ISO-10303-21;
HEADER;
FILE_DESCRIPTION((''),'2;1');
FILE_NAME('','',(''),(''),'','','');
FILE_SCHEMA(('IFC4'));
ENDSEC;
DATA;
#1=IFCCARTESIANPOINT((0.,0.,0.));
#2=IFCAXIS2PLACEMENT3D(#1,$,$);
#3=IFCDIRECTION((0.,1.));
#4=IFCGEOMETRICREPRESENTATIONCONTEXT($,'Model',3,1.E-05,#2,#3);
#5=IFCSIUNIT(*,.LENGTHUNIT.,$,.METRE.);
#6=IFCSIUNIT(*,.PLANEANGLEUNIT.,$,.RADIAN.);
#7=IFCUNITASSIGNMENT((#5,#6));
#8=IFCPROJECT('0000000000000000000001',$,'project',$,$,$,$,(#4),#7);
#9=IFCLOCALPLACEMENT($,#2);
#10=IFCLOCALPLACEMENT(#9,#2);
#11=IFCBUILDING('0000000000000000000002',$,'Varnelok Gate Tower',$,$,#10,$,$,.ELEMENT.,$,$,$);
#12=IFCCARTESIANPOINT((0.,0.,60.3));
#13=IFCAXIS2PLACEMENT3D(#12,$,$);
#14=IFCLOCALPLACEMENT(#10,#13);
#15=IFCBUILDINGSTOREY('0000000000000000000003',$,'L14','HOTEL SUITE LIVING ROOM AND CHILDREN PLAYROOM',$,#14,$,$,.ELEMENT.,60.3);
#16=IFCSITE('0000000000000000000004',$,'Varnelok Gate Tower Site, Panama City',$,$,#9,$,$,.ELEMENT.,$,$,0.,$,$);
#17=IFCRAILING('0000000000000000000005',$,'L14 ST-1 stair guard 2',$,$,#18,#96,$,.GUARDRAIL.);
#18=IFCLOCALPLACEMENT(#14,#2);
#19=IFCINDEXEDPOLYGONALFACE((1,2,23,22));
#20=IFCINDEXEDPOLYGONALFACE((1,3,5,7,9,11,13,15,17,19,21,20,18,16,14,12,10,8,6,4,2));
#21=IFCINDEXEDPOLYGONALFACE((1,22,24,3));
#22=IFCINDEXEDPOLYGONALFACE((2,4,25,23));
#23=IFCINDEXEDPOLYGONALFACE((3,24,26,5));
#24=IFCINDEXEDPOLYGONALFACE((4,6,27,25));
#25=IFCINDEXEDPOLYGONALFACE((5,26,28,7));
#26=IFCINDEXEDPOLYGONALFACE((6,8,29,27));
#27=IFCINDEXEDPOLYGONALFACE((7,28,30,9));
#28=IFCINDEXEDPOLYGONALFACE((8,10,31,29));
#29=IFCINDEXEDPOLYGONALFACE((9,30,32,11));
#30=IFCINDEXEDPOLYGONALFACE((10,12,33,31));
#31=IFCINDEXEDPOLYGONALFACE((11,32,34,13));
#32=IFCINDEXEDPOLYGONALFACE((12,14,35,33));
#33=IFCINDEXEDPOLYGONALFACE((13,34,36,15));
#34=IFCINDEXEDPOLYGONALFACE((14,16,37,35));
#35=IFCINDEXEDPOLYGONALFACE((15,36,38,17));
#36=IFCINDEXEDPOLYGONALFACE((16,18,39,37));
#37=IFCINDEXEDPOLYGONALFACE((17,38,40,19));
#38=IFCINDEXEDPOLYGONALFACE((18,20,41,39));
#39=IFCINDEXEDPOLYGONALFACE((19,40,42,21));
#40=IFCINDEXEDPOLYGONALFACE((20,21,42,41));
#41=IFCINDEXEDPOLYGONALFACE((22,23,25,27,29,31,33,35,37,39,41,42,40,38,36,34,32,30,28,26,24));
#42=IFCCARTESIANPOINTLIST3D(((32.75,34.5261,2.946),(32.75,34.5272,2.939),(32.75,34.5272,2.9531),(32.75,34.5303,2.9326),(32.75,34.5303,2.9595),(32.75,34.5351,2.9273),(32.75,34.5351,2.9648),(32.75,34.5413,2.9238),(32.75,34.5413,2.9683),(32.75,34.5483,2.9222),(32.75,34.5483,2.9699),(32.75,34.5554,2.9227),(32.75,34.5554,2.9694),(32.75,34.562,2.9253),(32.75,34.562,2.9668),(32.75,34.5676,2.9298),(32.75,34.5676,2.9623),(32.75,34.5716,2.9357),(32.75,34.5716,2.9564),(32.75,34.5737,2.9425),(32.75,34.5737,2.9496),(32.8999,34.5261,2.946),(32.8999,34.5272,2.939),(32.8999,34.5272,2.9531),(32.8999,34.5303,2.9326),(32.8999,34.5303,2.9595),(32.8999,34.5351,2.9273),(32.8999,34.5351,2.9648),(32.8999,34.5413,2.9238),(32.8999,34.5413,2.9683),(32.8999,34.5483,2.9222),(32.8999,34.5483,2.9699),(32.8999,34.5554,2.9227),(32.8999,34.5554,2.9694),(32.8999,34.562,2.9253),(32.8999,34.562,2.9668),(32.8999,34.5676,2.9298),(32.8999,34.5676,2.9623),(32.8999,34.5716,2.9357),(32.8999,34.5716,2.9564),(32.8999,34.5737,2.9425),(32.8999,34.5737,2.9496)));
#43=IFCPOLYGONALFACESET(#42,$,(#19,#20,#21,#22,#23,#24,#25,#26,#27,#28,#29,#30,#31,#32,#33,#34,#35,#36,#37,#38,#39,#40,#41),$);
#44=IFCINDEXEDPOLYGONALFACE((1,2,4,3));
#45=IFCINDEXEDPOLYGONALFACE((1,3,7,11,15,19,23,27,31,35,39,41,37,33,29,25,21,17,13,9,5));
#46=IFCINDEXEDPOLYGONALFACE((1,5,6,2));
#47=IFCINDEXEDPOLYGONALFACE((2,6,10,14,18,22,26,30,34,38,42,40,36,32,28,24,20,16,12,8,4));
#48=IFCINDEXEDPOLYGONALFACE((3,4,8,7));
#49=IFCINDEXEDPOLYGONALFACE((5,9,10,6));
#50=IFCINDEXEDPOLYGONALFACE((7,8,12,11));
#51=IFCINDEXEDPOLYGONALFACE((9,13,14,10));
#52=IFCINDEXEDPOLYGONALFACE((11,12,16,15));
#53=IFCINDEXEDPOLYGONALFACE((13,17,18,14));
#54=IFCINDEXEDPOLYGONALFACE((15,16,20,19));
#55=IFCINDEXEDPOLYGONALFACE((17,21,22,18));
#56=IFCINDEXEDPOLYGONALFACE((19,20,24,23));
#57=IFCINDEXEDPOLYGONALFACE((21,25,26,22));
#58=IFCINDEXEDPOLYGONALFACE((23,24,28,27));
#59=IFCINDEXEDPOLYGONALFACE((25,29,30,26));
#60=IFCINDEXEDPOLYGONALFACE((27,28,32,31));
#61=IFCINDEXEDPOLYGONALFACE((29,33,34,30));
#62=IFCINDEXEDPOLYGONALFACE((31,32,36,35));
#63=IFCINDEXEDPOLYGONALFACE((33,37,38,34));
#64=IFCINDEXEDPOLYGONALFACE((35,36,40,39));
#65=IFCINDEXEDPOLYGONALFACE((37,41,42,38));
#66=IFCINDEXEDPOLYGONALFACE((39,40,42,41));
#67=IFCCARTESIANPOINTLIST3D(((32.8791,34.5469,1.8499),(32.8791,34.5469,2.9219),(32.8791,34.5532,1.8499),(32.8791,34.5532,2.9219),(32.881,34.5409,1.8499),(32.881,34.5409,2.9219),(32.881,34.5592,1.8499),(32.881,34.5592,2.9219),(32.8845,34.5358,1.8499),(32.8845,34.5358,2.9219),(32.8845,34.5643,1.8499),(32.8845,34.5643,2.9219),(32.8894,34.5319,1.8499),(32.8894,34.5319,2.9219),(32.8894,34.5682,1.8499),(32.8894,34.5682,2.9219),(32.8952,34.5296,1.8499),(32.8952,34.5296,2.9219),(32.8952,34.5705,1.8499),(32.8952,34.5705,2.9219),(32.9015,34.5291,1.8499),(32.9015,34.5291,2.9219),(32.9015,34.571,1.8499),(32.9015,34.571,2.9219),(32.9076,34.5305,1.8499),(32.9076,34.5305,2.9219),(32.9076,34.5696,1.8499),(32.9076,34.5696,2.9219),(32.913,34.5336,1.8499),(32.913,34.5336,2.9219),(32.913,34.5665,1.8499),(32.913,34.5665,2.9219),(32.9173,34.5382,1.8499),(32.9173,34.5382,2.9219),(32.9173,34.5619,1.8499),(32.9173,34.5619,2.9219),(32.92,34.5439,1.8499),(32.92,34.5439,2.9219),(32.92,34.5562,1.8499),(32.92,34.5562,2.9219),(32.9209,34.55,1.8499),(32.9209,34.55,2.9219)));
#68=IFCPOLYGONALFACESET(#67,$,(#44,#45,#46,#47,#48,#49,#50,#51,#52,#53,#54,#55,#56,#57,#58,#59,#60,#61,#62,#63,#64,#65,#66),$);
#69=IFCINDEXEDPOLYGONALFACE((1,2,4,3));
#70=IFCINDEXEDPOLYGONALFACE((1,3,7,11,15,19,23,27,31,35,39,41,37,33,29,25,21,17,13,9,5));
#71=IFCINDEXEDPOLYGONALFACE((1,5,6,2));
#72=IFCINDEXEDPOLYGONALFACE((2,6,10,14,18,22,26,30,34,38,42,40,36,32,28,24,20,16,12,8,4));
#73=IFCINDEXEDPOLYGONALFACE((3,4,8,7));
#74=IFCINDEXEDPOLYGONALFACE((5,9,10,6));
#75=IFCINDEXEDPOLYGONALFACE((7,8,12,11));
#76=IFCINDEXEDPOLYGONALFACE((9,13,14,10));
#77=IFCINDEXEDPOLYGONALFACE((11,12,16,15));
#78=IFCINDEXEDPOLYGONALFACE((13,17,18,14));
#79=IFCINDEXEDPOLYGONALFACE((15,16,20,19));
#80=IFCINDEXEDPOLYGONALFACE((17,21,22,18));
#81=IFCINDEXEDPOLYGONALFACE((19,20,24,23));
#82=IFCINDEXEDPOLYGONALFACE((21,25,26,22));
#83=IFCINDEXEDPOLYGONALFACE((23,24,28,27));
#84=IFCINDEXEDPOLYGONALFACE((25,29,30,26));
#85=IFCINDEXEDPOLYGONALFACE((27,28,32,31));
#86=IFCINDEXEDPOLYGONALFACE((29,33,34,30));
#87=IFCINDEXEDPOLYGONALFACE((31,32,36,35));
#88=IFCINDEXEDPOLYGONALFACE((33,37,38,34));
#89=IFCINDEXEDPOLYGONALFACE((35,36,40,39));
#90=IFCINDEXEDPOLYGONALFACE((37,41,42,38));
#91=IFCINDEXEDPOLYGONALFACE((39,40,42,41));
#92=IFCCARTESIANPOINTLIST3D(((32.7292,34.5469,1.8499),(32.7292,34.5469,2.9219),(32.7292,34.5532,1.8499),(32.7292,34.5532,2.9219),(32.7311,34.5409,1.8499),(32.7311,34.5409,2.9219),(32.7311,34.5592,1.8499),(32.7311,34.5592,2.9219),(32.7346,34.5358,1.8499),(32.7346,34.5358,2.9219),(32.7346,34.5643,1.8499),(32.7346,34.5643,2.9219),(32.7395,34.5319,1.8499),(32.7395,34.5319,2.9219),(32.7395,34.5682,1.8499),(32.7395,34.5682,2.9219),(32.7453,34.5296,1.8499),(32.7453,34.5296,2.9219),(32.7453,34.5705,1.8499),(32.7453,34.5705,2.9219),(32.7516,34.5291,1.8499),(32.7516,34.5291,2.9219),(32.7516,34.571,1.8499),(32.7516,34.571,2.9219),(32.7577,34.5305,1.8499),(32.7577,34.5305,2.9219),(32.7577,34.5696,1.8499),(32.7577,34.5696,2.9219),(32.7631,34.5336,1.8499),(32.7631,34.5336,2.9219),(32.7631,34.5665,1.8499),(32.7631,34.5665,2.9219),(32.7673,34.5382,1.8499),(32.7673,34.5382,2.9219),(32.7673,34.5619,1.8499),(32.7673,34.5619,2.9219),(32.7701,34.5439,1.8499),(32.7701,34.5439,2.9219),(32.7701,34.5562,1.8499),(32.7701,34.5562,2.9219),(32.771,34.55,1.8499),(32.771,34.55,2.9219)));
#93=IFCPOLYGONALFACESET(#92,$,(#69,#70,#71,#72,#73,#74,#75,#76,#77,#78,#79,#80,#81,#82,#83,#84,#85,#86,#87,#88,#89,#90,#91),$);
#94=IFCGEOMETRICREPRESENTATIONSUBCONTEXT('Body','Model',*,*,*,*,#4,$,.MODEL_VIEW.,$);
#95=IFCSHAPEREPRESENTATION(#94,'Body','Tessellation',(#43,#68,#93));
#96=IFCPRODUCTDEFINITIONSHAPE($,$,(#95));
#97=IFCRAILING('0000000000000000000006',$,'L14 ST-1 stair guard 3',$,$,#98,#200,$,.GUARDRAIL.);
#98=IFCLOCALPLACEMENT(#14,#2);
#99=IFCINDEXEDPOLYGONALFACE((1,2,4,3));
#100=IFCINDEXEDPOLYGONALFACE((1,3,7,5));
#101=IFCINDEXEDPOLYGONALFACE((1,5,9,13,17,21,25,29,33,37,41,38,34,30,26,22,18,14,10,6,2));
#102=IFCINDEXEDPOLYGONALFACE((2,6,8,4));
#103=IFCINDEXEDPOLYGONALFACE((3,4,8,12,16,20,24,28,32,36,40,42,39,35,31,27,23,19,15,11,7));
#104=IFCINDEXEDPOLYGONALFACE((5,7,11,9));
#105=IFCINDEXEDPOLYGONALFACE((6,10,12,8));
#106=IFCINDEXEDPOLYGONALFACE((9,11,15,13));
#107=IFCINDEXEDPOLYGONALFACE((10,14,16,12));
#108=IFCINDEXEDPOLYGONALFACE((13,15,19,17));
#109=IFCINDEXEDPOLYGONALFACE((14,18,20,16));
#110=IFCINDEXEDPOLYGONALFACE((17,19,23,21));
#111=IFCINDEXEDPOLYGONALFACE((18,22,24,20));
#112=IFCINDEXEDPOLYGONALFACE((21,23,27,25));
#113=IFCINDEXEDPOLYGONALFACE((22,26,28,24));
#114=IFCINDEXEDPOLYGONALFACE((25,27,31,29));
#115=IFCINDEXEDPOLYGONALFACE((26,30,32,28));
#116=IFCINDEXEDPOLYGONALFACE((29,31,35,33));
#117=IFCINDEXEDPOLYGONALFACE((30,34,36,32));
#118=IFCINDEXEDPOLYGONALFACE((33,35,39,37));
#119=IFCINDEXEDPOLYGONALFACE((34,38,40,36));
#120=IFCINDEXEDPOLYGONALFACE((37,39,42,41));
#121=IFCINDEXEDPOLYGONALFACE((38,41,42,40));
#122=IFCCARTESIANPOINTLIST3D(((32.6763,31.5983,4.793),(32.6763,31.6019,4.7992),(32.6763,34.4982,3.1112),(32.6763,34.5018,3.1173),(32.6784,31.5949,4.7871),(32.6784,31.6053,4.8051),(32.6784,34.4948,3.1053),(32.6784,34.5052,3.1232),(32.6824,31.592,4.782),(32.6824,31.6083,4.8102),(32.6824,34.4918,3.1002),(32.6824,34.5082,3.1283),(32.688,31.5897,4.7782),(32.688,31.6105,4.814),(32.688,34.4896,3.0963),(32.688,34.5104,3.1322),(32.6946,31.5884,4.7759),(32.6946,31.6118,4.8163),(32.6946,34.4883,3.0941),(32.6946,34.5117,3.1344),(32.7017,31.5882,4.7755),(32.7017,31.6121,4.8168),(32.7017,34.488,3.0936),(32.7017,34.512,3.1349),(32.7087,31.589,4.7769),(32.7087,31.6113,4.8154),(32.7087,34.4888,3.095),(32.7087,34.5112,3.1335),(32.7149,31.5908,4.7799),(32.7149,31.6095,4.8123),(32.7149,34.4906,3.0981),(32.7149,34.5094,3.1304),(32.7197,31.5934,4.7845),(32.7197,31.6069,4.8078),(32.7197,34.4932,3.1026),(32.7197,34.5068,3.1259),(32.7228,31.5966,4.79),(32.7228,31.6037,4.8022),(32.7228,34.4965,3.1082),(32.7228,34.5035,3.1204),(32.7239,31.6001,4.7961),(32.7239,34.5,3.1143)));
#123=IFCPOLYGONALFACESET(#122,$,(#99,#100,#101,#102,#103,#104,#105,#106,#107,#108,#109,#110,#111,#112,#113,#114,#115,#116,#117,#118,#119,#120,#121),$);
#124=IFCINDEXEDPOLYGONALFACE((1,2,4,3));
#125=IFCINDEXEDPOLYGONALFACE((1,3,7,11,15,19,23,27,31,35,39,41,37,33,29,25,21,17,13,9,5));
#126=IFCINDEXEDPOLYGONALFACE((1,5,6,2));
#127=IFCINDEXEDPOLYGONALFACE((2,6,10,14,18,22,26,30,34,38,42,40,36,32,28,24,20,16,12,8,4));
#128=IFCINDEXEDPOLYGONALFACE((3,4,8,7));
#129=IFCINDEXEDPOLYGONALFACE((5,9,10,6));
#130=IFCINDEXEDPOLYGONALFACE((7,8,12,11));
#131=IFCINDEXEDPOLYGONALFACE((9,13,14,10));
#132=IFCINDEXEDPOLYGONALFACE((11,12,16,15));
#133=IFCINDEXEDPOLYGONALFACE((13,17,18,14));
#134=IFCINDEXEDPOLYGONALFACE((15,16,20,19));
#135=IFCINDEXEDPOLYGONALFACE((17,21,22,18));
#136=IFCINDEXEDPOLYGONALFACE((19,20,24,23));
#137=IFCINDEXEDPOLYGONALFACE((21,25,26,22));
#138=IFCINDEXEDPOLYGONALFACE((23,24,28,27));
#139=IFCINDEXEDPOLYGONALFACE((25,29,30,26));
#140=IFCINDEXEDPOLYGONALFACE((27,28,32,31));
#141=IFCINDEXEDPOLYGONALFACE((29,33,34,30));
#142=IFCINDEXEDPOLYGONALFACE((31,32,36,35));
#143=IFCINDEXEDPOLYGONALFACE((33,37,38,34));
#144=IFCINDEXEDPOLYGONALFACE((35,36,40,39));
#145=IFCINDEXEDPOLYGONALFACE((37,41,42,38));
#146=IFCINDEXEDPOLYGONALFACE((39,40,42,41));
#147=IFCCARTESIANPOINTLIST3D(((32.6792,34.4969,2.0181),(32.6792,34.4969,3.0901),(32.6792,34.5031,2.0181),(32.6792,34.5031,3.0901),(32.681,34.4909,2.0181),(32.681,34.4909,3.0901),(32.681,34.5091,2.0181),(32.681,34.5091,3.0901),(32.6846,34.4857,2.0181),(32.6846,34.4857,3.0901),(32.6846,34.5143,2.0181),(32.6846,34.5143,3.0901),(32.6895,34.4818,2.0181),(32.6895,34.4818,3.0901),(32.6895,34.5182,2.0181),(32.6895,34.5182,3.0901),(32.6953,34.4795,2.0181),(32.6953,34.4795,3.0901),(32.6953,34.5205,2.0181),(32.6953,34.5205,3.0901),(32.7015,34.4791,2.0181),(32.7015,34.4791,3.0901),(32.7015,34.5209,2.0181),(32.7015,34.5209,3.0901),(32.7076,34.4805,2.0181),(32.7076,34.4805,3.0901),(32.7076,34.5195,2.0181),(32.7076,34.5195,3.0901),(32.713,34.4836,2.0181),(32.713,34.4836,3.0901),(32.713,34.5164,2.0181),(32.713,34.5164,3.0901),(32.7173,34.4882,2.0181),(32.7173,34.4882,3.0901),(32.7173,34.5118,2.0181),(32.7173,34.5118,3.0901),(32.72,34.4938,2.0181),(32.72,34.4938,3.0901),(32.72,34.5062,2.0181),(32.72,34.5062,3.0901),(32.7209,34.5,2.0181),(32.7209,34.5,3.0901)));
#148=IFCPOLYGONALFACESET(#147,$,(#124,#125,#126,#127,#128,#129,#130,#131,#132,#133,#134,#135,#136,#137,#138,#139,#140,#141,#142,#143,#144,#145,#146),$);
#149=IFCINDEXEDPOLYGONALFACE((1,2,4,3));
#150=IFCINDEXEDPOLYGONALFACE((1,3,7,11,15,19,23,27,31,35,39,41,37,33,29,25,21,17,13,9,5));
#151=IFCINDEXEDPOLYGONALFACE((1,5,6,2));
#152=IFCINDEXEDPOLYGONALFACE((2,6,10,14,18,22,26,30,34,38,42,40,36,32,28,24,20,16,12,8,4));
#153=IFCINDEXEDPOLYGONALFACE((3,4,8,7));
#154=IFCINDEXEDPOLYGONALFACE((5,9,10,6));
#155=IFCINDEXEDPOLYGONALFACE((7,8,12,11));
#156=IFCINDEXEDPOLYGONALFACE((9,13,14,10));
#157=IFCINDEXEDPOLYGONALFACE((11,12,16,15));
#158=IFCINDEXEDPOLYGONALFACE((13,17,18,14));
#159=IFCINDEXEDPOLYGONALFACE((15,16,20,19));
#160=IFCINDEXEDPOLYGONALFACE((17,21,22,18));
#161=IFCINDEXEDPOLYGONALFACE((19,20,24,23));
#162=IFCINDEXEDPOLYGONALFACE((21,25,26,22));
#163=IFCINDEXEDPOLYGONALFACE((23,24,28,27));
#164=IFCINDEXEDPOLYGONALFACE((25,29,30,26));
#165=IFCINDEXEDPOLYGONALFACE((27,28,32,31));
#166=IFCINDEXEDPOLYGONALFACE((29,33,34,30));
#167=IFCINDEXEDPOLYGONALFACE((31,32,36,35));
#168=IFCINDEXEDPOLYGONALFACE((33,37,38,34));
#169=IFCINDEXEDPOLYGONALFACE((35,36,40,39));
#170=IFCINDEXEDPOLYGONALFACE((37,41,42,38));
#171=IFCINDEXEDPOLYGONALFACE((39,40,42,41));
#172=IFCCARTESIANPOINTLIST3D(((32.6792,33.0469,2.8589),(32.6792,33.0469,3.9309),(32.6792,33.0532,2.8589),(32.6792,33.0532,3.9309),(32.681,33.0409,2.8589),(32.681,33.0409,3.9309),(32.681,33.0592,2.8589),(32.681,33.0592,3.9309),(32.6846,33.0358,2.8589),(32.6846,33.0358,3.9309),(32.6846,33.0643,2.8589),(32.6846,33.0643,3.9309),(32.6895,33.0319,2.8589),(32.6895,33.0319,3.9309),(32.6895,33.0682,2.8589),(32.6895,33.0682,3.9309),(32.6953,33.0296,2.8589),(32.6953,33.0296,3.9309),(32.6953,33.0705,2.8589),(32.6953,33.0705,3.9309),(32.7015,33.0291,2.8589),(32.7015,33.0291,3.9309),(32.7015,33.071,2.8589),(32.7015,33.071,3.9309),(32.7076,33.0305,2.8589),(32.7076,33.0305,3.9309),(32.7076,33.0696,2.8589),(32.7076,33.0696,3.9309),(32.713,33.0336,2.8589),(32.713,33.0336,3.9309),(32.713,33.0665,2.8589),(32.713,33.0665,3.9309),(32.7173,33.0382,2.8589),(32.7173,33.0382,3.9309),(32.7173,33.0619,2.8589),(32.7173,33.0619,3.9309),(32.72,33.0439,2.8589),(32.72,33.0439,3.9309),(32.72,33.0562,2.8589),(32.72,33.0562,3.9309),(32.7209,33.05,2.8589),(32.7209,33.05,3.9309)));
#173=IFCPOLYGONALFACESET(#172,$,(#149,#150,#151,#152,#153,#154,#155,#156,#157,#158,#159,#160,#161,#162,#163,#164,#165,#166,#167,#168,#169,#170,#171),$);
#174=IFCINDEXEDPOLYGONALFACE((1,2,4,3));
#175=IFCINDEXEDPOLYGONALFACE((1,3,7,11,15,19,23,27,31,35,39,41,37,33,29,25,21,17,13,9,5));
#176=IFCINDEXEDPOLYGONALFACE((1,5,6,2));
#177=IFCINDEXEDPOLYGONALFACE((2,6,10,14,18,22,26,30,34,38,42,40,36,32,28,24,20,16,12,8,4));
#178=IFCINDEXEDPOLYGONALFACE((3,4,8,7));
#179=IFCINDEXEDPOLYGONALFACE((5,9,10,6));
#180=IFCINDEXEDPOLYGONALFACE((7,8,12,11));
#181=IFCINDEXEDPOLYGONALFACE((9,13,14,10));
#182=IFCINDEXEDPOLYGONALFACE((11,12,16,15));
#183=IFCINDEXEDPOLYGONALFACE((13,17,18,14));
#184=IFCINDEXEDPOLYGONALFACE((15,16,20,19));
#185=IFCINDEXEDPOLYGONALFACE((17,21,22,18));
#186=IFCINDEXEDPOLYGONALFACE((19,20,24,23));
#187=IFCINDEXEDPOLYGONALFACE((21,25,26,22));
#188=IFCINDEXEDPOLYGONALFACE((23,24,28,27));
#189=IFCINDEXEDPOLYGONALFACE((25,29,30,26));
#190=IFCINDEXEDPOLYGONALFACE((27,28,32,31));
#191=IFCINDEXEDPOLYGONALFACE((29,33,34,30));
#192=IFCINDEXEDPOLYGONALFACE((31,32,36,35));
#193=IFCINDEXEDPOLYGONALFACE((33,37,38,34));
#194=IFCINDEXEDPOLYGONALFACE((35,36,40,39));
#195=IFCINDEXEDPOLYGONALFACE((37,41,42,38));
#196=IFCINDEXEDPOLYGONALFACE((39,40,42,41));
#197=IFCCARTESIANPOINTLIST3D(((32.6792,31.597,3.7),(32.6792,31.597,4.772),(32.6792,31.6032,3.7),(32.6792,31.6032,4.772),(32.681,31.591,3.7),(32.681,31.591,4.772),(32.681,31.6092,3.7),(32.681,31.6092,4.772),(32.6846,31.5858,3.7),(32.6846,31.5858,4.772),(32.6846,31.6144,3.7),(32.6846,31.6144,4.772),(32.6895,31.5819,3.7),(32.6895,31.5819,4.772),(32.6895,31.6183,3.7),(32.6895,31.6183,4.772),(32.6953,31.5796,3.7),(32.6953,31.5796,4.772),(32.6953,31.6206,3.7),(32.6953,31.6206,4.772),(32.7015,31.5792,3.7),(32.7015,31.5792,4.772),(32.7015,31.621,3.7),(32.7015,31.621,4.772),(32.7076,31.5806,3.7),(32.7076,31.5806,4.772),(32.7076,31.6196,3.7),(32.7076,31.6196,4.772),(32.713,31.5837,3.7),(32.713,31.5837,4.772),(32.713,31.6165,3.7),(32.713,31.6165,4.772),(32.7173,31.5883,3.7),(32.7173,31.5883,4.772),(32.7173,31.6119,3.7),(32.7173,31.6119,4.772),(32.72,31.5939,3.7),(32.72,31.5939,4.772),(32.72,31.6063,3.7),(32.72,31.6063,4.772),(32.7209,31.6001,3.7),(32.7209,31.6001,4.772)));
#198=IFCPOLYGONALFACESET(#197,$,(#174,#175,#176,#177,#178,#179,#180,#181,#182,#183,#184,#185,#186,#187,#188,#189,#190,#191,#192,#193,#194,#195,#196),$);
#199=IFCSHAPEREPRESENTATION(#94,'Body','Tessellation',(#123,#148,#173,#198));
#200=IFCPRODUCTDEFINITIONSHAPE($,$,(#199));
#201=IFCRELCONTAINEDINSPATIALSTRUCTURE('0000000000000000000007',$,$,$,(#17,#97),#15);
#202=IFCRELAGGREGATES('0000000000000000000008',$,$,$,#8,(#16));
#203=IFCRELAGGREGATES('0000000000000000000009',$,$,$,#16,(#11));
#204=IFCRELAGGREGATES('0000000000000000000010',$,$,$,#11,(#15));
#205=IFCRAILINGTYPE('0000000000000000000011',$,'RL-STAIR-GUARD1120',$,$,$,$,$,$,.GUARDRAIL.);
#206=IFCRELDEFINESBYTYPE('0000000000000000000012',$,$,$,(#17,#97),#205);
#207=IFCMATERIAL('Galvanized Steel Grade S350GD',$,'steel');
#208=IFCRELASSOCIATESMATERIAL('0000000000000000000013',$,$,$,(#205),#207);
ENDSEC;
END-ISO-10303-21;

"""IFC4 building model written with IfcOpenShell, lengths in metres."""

from ifc_helpers import new_model, si_unit, direction, frame, origin, origin_2d, place, context, subcontext, project, spatial, circle, extrude, material, type_object, element, save


model = new_model("IFC4")

# Units and contexts
model_context = context("Model", 3, precision=1e-05, world=origin(), true_north=direction((0.0, 1.0)))
body_context = subcontext(model_context, "Body", "Model", "MODEL_VIEW")
ifc_project = project(units=[si_unit("LENGTHUNIT", "METRE"), si_unit("PLANEANGLEUNIT", "RADIAN")], contexts=[model_context])

# Site, building, storey
site_placement = place(None, origin())
site = spatial("IfcSite", under=ifc_project, at=site_placement, Name="Varnelok Gate Tower Site, Panama City", CompositionType="ELEMENT", RefElevation=0.0)
building_placement = place(site_placement, origin())
building = spatial("IfcBuilding", under=site, at=building_placement, Name="Varnelok Gate Tower", CompositionType="ELEMENT")
storey_placement = place(building_placement, frame((0.0, 0.0, 60.3)))
storey = spatial("IfcBuildingStorey", under=building, at=storey_placement, Name="L14", Description="HOTEL SUITE LIVING ROOM AND CHILDREN PLAYROOM", CompositionType="ELEMENT", Elevation=60.3)

# Shared definitions
ifc_material_1 = material(Name="Galvanized Steel Grade S350GD", Category="steel")

# Railings
railing_type_1 = type_object("IfcRailingType", Name="RL-STAIR-GUARD1120", PredefinedType="GUARDRAIL", material=ifc_material_1)
railing_1_placement = place(storey_placement, frame((32.8999, 34.55, 1.8499)))
element("IfcRailing", 1, at=railing_1_placement, inside=storey, type_object=railing_type_1, Name="L14 ST-1 stair guard 2", PredefinedType="GUARDRAIL", context=body_context, shape_type="SweptSolid", body=[
    extrude(circle(Radius=0.0239, at=origin_2d()), frame((0.0, 0.0, 1.0962), z_axis=(-1.0, 0.0, 0.0), x_axis=(0.0, -1.0, 0.0)), (0.0, 0.0, 1.0), 0.1499),
    extrude(circle(Radius=0.021, at=origin_2d()), origin(), (0.0, 0.0, 1.0), 1.072),
    extrude(circle(Radius=0.021, at=origin_2d()), frame((-0.1499, 0.0, 0.0)), (0.0, 0.0, 1.0), 1.072),
])
railing_2_placement = place(storey_placement, frame((32.7, 34.5, 2.0181)))
element("IfcRailing", 2, at=railing_2_placement, inside=storey, type_object=railing_type_1, Name="L14 ST-1 stair guard 3", PredefinedType="GUARDRAIL", context=body_context, shape_type="SweptSolid", body=[
    extrude(circle(Radius=0.0239, at=origin_2d()), frame((0.0, 0.0, 1.0962), z_axis=(0.0, -0.865039, 0.501705), x_axis=(1.0, 0.0, 0.0)), (0.0, 0.0, 1.0), 3.3523),
    extrude(circle(Radius=0.021, at=origin_2d()), origin(), (0.0, 0.0, 1.0), 1.072),
    extrude(circle(Radius=0.021, at=origin_2d()), frame((0.0, -1.45, 0.8408)), (0.0, 0.0, 1.0), 1.072),
    extrude(circle(Radius=0.021, at=origin_2d()), frame((0.0, -2.8999, 1.6819)), (0.0, 0.0, 1.0), 1.072),
])

save(model, "model.ifc")
